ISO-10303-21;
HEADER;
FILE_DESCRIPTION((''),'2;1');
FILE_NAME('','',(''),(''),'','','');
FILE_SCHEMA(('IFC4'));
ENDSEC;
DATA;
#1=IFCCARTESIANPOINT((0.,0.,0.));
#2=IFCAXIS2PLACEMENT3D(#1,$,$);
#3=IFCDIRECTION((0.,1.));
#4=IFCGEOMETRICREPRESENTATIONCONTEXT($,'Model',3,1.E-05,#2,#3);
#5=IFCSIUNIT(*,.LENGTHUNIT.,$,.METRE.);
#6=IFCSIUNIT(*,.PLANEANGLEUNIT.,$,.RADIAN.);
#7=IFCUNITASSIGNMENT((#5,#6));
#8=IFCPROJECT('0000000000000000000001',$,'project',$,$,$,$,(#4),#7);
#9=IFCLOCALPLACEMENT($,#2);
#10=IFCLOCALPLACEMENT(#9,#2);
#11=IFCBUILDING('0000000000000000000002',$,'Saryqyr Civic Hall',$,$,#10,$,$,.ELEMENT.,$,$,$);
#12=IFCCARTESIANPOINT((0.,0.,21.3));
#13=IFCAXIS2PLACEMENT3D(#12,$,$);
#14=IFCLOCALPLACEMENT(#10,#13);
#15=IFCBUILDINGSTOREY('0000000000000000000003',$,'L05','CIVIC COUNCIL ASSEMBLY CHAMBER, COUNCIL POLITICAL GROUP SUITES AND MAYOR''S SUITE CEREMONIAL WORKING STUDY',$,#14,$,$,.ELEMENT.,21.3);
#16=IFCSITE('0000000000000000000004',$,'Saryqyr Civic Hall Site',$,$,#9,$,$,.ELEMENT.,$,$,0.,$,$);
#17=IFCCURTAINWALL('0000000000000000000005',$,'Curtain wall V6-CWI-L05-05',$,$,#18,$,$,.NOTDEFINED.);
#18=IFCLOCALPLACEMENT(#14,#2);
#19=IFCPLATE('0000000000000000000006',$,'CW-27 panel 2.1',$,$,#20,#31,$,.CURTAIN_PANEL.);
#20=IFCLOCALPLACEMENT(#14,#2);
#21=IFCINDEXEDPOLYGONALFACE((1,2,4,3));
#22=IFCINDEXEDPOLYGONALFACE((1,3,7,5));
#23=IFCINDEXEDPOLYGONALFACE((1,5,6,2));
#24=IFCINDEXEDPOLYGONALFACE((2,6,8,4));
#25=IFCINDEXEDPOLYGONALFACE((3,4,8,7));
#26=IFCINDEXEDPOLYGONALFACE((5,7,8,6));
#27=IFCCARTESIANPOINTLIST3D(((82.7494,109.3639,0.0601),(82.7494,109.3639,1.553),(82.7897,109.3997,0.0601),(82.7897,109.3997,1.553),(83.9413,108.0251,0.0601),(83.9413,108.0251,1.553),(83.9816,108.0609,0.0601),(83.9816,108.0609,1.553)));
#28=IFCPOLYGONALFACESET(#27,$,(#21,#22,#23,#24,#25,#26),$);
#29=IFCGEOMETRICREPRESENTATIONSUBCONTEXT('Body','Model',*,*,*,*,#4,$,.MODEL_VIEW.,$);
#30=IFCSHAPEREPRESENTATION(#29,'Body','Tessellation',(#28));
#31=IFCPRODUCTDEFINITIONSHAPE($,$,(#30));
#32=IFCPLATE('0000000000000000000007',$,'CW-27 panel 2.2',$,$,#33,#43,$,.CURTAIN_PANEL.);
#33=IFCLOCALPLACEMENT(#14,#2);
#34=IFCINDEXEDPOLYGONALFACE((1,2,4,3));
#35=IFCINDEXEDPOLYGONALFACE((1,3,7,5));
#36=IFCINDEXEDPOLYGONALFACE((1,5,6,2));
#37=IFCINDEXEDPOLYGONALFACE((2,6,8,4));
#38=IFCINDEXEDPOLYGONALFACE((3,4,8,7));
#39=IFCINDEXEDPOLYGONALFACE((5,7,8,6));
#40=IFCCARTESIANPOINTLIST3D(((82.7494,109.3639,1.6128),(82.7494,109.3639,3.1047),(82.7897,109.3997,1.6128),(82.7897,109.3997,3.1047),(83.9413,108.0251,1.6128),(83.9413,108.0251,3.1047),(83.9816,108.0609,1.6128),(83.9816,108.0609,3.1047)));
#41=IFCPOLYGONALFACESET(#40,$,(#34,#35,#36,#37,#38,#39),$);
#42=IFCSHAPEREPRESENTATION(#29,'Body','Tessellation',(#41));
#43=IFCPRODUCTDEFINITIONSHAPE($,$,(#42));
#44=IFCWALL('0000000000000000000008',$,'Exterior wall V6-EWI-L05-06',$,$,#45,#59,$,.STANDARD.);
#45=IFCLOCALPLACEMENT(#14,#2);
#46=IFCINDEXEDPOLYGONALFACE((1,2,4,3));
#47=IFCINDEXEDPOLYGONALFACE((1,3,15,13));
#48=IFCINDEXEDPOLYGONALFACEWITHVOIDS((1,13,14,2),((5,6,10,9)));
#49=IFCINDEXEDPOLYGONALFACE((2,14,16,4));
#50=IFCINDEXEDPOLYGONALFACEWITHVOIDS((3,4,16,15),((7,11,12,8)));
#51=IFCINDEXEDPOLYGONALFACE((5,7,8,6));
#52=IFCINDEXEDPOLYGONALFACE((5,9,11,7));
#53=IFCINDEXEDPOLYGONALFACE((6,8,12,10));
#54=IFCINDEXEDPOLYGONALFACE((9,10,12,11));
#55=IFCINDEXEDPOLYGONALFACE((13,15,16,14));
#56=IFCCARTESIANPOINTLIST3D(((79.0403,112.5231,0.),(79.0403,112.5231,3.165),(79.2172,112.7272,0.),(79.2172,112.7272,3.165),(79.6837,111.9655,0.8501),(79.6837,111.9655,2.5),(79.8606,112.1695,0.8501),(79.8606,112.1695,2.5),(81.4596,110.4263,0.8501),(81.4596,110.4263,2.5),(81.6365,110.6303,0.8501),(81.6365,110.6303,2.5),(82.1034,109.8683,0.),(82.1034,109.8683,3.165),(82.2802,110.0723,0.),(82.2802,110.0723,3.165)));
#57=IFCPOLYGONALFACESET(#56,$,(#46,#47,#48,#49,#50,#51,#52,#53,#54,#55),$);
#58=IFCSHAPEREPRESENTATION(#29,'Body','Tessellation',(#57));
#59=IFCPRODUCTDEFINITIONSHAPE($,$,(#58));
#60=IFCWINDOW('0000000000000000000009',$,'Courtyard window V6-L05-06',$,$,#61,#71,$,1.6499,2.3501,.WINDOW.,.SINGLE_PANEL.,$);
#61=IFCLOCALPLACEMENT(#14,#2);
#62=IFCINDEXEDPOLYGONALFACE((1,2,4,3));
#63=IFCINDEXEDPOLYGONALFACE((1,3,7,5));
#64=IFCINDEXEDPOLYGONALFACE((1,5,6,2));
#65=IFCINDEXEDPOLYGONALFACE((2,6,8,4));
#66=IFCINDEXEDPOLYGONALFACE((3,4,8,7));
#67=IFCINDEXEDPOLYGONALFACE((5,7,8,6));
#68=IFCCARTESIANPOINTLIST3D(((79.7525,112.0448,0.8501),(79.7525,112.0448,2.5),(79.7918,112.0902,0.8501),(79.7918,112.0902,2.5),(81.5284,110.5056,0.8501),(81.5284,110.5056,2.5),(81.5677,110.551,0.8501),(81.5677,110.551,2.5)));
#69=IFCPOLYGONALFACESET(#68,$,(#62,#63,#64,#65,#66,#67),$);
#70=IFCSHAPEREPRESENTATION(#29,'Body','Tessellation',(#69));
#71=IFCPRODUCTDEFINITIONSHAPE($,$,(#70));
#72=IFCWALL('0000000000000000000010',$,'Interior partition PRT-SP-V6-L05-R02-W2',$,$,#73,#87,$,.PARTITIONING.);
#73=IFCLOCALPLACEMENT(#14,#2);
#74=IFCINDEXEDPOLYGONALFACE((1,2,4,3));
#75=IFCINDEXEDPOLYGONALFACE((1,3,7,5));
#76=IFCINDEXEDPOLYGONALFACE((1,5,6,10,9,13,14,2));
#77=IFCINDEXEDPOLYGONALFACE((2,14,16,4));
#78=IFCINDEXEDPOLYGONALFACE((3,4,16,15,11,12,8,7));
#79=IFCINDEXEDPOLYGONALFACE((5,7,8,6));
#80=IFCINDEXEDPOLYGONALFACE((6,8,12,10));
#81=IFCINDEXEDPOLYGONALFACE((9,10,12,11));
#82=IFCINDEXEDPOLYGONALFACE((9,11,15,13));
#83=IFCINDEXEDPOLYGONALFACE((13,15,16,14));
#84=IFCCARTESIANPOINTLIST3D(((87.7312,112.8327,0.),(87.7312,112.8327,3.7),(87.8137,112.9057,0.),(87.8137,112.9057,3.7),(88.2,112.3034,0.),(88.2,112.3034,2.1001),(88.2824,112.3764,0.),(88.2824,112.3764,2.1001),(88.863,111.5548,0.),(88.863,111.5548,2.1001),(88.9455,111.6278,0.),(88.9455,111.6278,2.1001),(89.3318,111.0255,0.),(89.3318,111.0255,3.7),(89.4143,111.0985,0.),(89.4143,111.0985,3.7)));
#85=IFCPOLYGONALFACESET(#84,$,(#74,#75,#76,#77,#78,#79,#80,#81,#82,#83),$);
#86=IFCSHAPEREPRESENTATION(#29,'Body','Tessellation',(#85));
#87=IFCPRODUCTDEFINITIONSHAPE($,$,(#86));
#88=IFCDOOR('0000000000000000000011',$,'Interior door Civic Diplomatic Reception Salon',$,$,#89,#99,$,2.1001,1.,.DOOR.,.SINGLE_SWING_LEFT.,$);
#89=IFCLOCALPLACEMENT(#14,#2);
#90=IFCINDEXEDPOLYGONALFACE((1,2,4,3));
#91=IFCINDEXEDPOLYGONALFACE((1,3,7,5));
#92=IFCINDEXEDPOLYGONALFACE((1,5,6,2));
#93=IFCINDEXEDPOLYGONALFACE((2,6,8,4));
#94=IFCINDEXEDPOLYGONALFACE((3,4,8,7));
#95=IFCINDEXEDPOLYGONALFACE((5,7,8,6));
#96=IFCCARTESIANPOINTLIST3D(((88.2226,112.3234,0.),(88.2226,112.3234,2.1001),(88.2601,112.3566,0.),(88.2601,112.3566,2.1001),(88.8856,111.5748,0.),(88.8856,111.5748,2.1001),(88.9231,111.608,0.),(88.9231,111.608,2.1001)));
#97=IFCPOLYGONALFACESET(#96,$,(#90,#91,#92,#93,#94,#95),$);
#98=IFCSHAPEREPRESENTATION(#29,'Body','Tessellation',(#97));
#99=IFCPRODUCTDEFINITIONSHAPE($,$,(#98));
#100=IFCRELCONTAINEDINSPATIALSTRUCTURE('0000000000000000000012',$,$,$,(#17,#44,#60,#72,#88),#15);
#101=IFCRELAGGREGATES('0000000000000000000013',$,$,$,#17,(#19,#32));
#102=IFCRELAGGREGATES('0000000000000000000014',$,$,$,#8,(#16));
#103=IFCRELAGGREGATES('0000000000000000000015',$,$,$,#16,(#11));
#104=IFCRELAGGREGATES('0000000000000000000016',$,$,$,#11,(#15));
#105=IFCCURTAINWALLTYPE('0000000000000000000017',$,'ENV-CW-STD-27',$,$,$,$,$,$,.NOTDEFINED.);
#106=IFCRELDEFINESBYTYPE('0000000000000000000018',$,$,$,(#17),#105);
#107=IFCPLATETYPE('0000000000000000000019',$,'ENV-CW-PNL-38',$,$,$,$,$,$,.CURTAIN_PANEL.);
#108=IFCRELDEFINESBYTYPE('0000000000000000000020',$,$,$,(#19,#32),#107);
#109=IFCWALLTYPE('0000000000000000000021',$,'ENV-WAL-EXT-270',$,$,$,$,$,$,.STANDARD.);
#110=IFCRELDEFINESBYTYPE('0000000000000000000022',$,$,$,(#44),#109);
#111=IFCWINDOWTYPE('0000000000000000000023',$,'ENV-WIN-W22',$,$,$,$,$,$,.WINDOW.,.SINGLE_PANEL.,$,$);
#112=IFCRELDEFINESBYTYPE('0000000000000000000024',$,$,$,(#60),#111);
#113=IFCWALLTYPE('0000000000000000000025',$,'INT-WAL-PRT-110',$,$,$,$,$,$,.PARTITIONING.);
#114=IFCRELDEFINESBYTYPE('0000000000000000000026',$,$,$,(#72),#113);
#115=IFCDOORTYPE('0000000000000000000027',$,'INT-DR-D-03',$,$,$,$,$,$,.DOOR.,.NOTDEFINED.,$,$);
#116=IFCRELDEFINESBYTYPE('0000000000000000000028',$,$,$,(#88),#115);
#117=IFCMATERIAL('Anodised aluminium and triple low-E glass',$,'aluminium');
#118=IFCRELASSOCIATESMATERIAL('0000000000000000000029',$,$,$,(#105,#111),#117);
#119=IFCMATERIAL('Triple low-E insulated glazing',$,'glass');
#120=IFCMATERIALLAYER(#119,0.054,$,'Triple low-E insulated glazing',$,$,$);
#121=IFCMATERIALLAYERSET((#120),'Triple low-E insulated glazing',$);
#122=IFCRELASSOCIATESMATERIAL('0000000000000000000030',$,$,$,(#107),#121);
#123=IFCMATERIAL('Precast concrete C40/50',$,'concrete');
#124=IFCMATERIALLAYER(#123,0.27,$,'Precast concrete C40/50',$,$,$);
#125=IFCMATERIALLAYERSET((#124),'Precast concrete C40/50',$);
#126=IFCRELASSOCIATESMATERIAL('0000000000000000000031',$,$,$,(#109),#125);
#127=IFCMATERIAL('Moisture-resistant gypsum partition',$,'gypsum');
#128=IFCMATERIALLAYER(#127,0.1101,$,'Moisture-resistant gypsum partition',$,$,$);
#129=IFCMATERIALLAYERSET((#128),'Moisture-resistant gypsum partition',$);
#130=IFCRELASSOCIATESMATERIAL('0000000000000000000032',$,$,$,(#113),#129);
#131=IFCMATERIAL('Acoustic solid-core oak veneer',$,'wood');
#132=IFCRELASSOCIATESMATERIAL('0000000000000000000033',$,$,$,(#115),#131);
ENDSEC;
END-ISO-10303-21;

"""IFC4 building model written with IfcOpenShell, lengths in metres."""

from ifc_helpers import new_model, si_unit, direction, frame, frame_2d, origin, origin_2d, place, context, subcontext, project, spatial, rectangle, extrude, material, layer, layer_set, type_object, element, fill, aggregate, save


model = new_model("IFC4")

# Units and contexts
model_context = context("Model", 3, precision=1e-05, world=origin(), true_north=direction((0.0, 1.0)))
body_context = subcontext(model_context, "Body", "Model", "MODEL_VIEW")
ifc_project = project(units=[si_unit("LENGTHUNIT", "METRE"), si_unit("PLANEANGLEUNIT", "RADIAN")], contexts=[model_context])

# Site, building, storey
site_placement = place(None, origin())
site = spatial("IfcSite", under=ifc_project, at=site_placement, Name="Saryqyr Civic Hall Site", CompositionType="ELEMENT", RefElevation=0.0)
building_placement = place(site_placement, origin())
building = spatial("IfcBuilding", under=site, at=building_placement, Name="Saryqyr Civic Hall", CompositionType="ELEMENT")
storey_placement = place(building_placement, frame((0.0, 0.0, 21.3)))
storey = spatial("IfcBuildingStorey", under=building, at=storey_placement, Name="L05", Description="CIVIC COUNCIL ASSEMBLY CHAMBER, COUNCIL POLITICAL GROUP SUITES AND MAYOR'S SUITE CEREMONIAL WORKING STUDY", CompositionType="ELEMENT", Elevation=21.3)

# Curtain wall
ifc_material_1 = material(Name="Anodised aluminium and triple low-E glass", Category="aluminium")
curtain_wall_type = type_object("IfcCurtainWallType", Name="ENV-CW-STD-27", PredefinedType="NOTDEFINED", material=ifc_material_1)
curtain_wall_placement = place(storey_placement, origin())
curtain_wall = element("IfcCurtainWall", 1, at=curtain_wall_placement, inside=storey, type_object=curtain_wall_type, Name="Curtain wall V6-CWI-L05-05", PredefinedType="NOTDEFINED")

# Plates
ifc_material_2 = material(Name="Triple low-E insulated glazing", Category="glass")
ifc_layer_1 = layer(ifc_material_2, 0.054, Name="Triple low-E insulated glazing")
ifc_layer_set_1 = layer_set([ifc_layer_1], Name="Triple low-E insulated glazing")
plate_type = type_object("IfcPlateType", Name="ENV-CW-PNL-38", PredefinedType="CURTAIN_PANEL", material=ifc_layer_set_1)
plate_1_placement = place(storey_placement, frame((83.3655, 108.7124, 0.0601), z_axis=(0.0, 0.0, 1.0), x_axis=(-0.664934, 0.746902, 0.0)))
plate_1 = element("IfcPlate", 2, at=plate_1_placement, type_object=plate_type, Name="CW-27 panel 2.1", PredefinedType="CURTAIN_PANEL", context=body_context, shape_type="SweptSolid", body=[
    extrude(rectangle(XDim=1.7925, YDim=0.054, at=origin_2d()), origin(), (0.0, 0.0, 1.0), 1.4929),
])
plate_2_placement = place(storey_placement, frame((83.3655, 108.7124, 1.6128), z_axis=(0.0, 0.0, 1.0), x_axis=(-0.664934, 0.746902, 0.0)))
plate_2 = element("IfcPlate", 3, at=plate_2_placement, type_object=plate_type, Name="CW-27 panel 2.2", PredefinedType="CURTAIN_PANEL", context=body_context, shape_type="SweptSolid", body=[
    extrude(rectangle(XDim=1.7925, YDim=0.054, at=origin_2d()), origin(), (0.0, 0.0, 1.0), 1.4919),
])
aggregate(curtain_wall, [plate_1, plate_2])

# Wall, opening, window
ifc_material_3 = material(Name="Precast concrete C40/50", Category="concrete")
ifc_layer_2 = layer(ifc_material_3, 0.27, Name="Precast concrete C40/50")
ifc_layer_set_2 = layer_set([ifc_layer_2], Name="Precast concrete C40/50")
wall_type_1 = type_object("IfcWallType", Name="ENV-WAL-EXT-270", PredefinedType="STANDARD", material=ifc_layer_set_2)
wall_1_placement = place(storey_placement, frame((82.1919, 109.9702, 0.0), z_axis=(0.0, 0.0, 1.0), x_axis=(-0.755665, 0.654958, 0.0)))
wall_1 = element("IfcWall", 4, at=wall_1_placement, inside=storey, type_object=wall_type_1, Name="Exterior wall V6-EWI-L05-06", PredefinedType="STANDARD", context=body_context, shape_type="SweptSolid", body=[
    extrude(rectangle(XDim=4.0535, YDim=0.27, at=frame_2d((2.0269, 0.0))), origin(), (0.0, 0.0, 1.0), 3.165),
])
opening_1_placement = place(wall_1_placement, frame((0.8521, 0.0, 0.8501)))
opening_1 = element("IfcOpeningElement", 5, at=opening_1_placement, cuts=wall_1, PredefinedType="OPENING", context=body_context, shape_type="SweptSolid", body=[
    extrude(rectangle(XDim=2.3501, YDim=1.6499, at=frame_2d((1.175, 0.825))), frame((0.0, 0.145, 0.0), z_axis=(0.0, -1.0, 0.0), x_axis=(1.0, 0.0, 0.0)), (0.0, 0.0, 1.0), 0.29),
])
window_type = type_object("IfcWindowType", Name="ENV-WIN-W22", PartitioningType="SINGLE_PANEL", PredefinedType="WINDOW", material=ifc_material_1)
window_placement = place(opening_1_placement, origin())
window = element("IfcWindow", 6, at=window_placement, inside=storey, type_object=window_type, Name="Courtyard window V6-L05-06", OverallHeight=1.6499, OverallWidth=2.3501, PartitioningType="SINGLE_PANEL", PredefinedType="WINDOW", context=body_context, shape_type="SweptSolid", body=[
    extrude(rectangle(XDim=2.3501, YDim=1.6499, at=frame_2d((1.175, 0.825))), frame((0.0, 0.03, 0.0), z_axis=(0.0, -1.0, 0.0), x_axis=(1.0, 0.0, 0.0)), (0.0, 0.0, 1.0), 0.0601),
])
fill(opening_1, window)

# Wall, opening, door
ifc_material_4 = material(Name="Moisture-resistant gypsum partition", Category="gypsum")
ifc_layer_3 = layer(ifc_material_4, 0.1101, Name="Moisture-resistant gypsum partition")
ifc_layer_set_3 = layer_set([ifc_layer_3], Name="Moisture-resistant gypsum partition")
wall_type_2 = type_object("IfcWallType", Name="INT-WAL-PRT-110", PredefinedType="PARTITIONING", material=ifc_layer_set_3)
wall_2_placement = place(storey_placement, frame((89.373, 111.062, 0.0), z_axis=(0.0, 0.0, 1.0), x_axis=(-0.663032, 0.748591, 0.0)))
wall_2 = element("IfcWall", 7, at=wall_2_placement, inside=storey, type_object=wall_type_2, Name="Interior partition PRT-SP-V6-L05-R02-W2", PredefinedType="PARTITIONING", context=body_context, shape_type="SweptSolid", body=[
    extrude(rectangle(XDim=2.4141, YDim=0.1101, at=frame_2d((1.207, 0.0))), origin(), (0.0, 0.0, 1.0), 3.7),
])
opening_2_placement = place(wall_2_placement, frame((0.707, 0.0, 0.0)))
opening_2 = element("IfcOpeningElement", 8, at=opening_2_placement, cuts=wall_2, PredefinedType="OPENING", context=body_context, shape_type="SweptSolid", body=[
    extrude(rectangle(XDim=1.0, YDim=2.1001, at=frame_2d((0.5, 1.05))), frame((0.0, 0.0649, 0.0), z_axis=(0.0, -1.0, 0.0), x_axis=(1.0, 0.0, 0.0)), (0.0, 0.0, 1.0), 0.1301),
])
ifc_material_5 = material(Name="Acoustic solid-core oak veneer", Category="wood")
door_type = type_object("IfcDoorType", Name="INT-DR-D-03", OperationType="NOTDEFINED", PredefinedType="DOOR", material=ifc_material_5)
door_placement = place(opening_2_placement, origin())
door = element("IfcDoor", 9, at=door_placement, inside=storey, type_object=door_type, Name="Interior door Civic Diplomatic Reception Salon", OperationType="SINGLE_SWING_LEFT", OverallHeight=2.1001, OverallWidth=1.0, PredefinedType="DOOR", context=body_context, shape_type="SweptSolid", body=[
    extrude(rectangle(XDim=1.0, YDim=2.1001, at=frame_2d((0.5, 1.05))), frame((0.0, 0.0249, 0.0), z_axis=(0.0, -1.0, 0.0), x_axis=(1.0, 0.0, 0.0)), (0.0, 0.0, 1.0), 0.05),
])
fill(opening_2, door)

save(model, "model.ifc")
